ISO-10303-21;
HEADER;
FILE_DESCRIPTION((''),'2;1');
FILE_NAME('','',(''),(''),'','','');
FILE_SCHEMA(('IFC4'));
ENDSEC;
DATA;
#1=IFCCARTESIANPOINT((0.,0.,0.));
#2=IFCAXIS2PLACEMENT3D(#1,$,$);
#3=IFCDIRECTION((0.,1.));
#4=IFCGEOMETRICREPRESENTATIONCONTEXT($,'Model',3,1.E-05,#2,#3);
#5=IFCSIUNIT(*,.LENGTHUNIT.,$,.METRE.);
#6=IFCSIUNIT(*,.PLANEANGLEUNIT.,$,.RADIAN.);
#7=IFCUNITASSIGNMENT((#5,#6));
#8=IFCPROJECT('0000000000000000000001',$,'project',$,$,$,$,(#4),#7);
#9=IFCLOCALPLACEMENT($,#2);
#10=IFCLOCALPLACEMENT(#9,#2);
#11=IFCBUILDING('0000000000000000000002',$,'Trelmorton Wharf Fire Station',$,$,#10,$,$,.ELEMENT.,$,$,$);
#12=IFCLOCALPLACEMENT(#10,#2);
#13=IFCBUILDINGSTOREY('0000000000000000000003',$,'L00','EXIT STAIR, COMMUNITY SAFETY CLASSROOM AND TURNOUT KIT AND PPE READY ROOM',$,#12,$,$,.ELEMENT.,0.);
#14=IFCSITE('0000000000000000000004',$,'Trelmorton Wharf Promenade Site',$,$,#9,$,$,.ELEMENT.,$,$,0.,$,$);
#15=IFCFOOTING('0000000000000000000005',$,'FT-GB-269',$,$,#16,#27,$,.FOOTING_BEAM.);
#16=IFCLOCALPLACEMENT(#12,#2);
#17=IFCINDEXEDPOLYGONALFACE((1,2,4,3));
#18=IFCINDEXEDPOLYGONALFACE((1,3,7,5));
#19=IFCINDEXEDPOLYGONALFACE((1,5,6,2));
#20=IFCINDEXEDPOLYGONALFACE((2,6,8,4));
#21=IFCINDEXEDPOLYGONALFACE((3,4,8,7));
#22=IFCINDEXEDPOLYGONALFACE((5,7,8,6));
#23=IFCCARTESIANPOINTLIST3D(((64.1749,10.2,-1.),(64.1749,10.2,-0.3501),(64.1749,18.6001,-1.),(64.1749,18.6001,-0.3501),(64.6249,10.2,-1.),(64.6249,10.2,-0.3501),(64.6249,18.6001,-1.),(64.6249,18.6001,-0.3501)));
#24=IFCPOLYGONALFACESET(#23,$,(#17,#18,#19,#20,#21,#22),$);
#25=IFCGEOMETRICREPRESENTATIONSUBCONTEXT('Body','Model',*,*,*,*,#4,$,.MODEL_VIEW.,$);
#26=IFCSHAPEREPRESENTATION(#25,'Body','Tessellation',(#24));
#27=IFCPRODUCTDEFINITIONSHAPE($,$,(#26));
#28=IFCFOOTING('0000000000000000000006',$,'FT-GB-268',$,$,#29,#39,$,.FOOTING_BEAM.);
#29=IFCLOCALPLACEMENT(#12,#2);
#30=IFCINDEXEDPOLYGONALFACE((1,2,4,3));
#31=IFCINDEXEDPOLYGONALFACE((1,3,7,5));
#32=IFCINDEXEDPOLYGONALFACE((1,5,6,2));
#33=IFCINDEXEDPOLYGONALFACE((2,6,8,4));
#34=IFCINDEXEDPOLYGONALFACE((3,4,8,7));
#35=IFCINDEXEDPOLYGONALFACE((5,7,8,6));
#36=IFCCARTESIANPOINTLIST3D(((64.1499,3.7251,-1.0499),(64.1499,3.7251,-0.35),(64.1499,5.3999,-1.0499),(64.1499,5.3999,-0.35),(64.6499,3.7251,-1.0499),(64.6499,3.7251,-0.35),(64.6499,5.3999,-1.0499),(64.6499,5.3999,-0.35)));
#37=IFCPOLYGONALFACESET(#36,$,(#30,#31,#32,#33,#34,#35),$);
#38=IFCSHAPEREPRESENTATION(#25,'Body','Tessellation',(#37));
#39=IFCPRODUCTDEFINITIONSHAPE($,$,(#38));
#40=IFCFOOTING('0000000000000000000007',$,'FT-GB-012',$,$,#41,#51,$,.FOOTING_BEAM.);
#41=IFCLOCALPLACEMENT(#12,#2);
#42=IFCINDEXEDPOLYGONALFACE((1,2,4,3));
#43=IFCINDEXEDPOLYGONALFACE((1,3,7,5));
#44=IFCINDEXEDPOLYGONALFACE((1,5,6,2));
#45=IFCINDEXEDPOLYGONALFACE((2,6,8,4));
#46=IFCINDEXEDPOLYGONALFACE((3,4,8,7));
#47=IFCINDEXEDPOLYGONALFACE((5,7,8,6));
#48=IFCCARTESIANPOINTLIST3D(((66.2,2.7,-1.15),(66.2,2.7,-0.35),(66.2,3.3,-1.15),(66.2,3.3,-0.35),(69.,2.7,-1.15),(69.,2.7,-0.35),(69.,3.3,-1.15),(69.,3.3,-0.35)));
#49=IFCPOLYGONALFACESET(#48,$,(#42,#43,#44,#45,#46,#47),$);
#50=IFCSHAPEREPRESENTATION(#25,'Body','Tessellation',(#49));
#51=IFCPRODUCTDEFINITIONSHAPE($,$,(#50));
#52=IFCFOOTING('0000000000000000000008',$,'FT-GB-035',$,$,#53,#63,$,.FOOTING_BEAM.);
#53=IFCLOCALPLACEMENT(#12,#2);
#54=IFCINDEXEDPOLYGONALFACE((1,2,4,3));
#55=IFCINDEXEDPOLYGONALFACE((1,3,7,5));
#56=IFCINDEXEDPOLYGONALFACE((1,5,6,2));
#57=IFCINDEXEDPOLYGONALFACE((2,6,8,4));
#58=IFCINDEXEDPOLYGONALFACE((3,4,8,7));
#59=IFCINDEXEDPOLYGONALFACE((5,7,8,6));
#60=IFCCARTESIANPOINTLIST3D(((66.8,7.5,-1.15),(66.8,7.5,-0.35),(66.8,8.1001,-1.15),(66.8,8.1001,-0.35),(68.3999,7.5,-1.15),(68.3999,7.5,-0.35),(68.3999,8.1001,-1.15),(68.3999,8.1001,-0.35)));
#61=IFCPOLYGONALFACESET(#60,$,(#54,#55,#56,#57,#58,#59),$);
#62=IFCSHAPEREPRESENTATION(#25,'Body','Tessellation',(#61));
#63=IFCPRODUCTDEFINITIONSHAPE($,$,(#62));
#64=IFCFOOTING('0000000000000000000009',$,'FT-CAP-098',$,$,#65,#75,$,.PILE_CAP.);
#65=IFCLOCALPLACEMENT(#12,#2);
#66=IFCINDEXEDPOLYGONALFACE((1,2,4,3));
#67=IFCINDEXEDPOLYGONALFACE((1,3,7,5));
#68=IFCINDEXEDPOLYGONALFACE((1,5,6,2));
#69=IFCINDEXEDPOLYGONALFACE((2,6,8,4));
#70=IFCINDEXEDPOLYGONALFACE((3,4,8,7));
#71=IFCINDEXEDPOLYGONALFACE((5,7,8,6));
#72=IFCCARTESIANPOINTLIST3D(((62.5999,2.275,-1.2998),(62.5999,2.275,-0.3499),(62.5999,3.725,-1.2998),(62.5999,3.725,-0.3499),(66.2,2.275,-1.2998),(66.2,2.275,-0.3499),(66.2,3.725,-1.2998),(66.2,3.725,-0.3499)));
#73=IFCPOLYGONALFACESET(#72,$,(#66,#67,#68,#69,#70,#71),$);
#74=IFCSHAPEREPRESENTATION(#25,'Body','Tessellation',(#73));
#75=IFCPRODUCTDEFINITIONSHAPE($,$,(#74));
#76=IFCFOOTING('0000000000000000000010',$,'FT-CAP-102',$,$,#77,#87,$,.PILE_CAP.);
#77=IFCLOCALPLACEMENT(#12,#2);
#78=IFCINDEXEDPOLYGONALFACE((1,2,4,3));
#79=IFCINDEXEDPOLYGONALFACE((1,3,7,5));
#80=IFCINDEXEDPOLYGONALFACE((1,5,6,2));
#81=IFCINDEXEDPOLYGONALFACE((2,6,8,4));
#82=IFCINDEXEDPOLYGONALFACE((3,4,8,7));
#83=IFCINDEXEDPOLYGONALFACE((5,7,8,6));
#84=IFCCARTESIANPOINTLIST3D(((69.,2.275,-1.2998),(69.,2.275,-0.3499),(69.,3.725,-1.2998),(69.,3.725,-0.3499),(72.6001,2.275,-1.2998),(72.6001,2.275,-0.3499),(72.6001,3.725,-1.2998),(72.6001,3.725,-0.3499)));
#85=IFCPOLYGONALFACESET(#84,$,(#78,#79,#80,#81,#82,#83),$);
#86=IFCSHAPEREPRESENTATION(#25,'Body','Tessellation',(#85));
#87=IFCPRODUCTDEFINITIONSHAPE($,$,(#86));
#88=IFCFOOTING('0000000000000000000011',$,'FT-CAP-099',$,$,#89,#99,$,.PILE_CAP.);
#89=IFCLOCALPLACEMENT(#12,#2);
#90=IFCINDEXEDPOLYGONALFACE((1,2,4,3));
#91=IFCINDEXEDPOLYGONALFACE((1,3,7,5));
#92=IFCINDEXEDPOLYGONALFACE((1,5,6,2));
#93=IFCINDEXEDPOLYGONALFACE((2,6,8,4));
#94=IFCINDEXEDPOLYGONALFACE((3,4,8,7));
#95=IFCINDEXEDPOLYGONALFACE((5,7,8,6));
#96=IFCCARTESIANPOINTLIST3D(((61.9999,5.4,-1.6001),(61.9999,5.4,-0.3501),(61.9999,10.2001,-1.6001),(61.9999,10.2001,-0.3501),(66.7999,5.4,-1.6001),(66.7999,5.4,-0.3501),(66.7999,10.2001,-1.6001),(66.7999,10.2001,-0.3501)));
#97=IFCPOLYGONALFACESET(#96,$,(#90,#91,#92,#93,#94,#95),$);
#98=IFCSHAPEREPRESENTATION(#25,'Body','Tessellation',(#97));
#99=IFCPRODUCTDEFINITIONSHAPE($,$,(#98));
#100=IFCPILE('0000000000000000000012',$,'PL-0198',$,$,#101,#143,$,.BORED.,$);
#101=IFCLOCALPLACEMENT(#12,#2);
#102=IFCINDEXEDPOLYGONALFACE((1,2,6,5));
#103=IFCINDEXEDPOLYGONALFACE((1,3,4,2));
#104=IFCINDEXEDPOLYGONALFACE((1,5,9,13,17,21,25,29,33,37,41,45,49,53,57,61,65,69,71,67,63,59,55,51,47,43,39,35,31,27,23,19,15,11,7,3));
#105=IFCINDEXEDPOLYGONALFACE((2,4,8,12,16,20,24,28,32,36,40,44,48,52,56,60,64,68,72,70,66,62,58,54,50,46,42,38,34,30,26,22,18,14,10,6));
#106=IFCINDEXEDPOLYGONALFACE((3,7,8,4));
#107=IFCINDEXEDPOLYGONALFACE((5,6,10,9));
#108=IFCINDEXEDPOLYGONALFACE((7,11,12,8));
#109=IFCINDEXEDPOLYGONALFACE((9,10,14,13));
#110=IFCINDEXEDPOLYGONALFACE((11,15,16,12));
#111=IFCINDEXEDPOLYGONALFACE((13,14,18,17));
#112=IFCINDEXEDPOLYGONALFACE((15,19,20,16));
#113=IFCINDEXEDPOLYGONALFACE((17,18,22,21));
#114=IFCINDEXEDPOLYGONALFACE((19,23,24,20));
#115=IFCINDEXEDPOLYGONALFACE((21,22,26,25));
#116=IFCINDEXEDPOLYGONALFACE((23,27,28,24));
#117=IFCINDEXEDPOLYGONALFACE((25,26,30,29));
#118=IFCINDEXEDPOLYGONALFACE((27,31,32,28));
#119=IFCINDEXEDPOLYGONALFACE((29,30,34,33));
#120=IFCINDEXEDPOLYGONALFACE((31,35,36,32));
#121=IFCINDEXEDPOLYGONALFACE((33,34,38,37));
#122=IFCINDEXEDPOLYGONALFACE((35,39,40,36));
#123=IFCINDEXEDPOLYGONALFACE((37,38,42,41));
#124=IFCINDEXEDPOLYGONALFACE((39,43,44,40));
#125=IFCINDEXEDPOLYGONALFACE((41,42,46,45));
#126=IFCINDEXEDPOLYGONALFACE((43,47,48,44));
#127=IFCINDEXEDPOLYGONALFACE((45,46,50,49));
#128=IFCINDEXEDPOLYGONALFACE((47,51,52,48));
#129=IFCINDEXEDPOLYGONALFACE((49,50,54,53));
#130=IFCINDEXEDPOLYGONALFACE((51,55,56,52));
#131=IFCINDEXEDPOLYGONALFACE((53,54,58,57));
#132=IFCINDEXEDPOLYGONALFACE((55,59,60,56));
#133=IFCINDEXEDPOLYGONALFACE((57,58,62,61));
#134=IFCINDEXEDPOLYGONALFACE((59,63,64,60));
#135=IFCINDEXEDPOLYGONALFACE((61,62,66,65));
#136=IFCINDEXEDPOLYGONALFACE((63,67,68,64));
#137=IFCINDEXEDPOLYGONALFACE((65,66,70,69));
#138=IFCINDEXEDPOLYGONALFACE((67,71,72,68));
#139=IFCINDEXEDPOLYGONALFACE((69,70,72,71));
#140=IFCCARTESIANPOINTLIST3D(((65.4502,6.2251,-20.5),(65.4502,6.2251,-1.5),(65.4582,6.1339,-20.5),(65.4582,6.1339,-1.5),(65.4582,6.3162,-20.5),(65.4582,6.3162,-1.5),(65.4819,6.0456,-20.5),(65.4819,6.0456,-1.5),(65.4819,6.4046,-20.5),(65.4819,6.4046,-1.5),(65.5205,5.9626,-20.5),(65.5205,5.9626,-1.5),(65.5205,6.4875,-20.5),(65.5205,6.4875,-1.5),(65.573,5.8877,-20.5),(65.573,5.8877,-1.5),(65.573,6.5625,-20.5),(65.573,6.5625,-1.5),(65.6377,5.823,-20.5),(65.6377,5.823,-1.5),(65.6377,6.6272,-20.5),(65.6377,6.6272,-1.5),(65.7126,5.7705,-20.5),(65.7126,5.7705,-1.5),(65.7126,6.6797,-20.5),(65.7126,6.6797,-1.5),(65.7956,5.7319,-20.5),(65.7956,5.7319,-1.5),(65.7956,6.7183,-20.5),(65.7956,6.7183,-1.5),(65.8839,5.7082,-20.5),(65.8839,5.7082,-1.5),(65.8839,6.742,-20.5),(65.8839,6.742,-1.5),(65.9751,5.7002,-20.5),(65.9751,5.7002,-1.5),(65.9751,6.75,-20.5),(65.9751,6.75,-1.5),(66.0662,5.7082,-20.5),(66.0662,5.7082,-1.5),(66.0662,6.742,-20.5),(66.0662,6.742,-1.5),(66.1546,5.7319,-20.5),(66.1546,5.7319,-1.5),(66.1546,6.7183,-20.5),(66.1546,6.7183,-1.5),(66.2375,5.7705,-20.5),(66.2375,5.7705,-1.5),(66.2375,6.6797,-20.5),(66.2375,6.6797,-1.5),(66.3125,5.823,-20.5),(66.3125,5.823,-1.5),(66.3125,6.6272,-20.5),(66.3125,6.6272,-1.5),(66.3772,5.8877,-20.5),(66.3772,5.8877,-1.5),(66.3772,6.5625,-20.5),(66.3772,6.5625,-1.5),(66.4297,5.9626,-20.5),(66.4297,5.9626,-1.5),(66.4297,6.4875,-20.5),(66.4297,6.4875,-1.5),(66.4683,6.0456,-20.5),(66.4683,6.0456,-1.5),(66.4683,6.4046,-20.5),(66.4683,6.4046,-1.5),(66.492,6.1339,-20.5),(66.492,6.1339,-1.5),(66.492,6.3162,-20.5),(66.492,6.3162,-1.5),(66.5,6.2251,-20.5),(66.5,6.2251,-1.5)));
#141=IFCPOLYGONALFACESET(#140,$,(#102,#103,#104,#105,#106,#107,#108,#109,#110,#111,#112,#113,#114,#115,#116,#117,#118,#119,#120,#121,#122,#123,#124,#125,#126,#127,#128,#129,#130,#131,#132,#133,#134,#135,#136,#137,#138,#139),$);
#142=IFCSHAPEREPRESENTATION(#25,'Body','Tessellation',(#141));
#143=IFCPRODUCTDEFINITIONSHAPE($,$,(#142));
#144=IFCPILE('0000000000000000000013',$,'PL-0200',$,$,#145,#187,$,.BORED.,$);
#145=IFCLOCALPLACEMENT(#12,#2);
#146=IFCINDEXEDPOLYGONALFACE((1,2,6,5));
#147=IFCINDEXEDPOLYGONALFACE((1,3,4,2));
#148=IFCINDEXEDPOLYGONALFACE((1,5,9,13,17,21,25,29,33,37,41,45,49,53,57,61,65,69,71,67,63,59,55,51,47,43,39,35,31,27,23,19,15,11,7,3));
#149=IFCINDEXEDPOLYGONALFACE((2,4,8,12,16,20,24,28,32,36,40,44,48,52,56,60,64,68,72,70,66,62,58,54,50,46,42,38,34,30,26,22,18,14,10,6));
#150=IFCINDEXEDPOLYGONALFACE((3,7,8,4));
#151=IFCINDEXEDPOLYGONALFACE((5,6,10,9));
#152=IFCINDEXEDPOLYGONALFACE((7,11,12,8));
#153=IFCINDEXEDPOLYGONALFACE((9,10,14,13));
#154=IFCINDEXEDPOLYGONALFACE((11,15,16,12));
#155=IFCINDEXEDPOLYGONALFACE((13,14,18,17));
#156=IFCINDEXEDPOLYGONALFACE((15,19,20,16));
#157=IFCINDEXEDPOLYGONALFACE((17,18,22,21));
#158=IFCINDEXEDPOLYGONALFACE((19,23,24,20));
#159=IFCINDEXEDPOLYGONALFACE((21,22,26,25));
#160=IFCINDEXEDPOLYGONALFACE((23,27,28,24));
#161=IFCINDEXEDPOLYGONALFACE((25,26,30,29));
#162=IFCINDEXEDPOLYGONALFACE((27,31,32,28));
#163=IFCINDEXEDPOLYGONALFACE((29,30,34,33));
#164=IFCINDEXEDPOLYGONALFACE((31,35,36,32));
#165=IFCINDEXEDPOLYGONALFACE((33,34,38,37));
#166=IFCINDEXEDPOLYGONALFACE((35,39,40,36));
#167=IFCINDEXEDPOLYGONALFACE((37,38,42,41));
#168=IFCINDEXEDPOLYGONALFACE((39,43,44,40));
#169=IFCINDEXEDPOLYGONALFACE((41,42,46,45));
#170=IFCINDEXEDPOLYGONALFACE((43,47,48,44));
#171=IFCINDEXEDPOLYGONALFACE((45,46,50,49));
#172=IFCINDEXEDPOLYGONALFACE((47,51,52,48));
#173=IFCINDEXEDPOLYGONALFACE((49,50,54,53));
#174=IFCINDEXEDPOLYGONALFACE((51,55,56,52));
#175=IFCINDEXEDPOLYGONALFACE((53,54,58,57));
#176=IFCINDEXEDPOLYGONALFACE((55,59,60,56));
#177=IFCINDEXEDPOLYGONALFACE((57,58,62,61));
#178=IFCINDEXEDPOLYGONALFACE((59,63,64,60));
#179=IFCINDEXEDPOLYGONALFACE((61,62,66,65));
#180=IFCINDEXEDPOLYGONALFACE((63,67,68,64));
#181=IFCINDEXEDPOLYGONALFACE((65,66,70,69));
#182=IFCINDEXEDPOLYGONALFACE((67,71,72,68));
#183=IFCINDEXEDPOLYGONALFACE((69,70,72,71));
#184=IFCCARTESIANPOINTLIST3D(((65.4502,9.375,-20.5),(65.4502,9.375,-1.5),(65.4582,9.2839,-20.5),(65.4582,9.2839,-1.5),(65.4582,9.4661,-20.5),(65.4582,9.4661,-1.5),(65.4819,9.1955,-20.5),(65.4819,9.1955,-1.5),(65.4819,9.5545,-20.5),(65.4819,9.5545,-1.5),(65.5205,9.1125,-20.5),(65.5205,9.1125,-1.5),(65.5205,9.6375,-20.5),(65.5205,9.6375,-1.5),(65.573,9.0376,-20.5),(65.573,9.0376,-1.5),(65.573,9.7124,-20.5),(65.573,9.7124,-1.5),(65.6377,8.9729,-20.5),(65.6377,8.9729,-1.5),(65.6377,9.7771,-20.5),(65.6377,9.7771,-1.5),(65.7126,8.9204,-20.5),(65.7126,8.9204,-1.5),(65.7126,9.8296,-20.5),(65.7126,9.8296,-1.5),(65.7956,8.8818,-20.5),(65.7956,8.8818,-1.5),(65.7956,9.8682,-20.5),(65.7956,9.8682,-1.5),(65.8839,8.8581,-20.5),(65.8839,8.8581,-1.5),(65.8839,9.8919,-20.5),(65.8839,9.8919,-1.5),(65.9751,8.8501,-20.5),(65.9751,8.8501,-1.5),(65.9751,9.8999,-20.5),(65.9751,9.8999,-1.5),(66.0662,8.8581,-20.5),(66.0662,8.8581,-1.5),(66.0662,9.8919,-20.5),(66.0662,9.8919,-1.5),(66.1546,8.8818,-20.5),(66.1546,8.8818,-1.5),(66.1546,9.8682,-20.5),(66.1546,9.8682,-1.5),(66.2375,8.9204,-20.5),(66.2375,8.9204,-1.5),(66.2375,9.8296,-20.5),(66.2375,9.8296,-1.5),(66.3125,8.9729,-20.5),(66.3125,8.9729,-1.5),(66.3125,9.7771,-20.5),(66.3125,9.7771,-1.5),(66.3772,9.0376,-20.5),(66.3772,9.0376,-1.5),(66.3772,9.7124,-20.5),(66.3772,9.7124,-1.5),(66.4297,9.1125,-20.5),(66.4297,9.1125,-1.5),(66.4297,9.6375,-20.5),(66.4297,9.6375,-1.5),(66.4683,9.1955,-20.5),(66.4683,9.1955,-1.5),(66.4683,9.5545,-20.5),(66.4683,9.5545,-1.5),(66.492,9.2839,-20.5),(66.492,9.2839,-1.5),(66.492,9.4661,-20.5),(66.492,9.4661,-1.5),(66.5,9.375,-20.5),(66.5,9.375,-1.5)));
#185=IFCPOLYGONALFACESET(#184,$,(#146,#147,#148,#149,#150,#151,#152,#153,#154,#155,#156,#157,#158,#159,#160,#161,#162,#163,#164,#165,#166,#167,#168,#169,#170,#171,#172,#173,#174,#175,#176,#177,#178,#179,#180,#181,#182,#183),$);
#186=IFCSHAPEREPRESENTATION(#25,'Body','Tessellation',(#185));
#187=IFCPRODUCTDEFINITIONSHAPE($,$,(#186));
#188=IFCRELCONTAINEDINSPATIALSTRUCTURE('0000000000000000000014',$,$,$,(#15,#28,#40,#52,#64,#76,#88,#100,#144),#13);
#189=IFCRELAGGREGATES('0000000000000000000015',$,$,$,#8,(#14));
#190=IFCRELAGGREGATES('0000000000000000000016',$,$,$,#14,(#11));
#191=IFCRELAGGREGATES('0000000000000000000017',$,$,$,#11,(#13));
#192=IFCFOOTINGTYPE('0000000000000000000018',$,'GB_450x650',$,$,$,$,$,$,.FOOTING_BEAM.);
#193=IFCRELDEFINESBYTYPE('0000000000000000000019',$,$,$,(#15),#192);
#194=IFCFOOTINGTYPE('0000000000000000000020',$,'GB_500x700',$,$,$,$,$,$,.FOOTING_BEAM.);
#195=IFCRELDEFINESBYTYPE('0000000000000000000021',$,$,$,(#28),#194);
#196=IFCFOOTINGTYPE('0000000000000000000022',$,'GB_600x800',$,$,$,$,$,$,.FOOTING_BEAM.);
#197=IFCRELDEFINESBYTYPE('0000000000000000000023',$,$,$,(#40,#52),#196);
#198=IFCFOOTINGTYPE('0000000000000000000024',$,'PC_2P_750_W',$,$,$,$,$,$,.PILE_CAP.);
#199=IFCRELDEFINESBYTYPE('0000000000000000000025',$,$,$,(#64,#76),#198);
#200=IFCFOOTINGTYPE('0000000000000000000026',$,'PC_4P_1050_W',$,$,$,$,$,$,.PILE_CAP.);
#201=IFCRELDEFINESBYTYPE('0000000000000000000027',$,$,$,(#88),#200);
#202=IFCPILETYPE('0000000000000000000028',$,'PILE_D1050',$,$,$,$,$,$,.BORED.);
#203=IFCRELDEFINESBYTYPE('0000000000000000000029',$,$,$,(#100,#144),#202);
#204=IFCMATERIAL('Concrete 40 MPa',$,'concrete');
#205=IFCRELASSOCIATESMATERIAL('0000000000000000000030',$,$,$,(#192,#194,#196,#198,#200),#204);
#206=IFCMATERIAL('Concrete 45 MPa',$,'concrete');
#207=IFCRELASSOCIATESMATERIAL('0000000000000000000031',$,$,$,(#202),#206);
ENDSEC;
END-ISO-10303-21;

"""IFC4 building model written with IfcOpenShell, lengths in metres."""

from ifc_helpers import new_model, si_unit, direction, frame, origin, origin_2d, place, context, subcontext, project, spatial, rectangle, circle, extrude, material, material_profile, profile_set, type_object, element, save


model = new_model("IFC4")

# Units and contexts
model_context = context("Model", 3, precision=1e-05, world=origin(), true_north=direction((0.0, 1.0)))
body_context = subcontext(model_context, "Body", "Model", "MODEL_VIEW")
ifc_project = project(units=[si_unit("LENGTHUNIT", "METRE"), si_unit("PLANEANGLEUNIT", "RADIAN")], contexts=[model_context])

# Site, building, storey
site_placement = place(None, origin())
site = spatial("IfcSite", under=ifc_project, at=site_placement, Name="Trelmorton Wharf Promenade Site", CompositionType="ELEMENT", RefElevation=0.0)
building_placement = place(site_placement, origin())
building = spatial("IfcBuilding", under=site, at=building_placement, Name="Trelmorton Wharf Fire Station", CompositionType="ELEMENT")
storey_placement = place(building_placement, origin())
storey = spatial("IfcBuildingStorey", under=building, at=storey_placement, Name="L00", Description="EXIT STAIR, COMMUNITY SAFETY CLASSROOM AND TURNOUT KIT AND PPE READY ROOM", CompositionType="ELEMENT", Elevation=0.0)

# Footings
ifc_material_1 = material(Name="Concrete 40 MPa", Category="concrete")
ifc_material_profile_1 = material_profile(ifc_material_1, rectangle(XDim=0.45, YDim=0.6499, at=origin_2d()), Name="RC450x650")
ifc_profile_set_1 = profile_set([ifc_material_profile_1], Name="Concrete 40 MPa")
footing_type_1 = type_object("IfcFootingType", Name="GB_450x650", PredefinedType="FOOTING_BEAM", material=ifc_profile_set_1)
footing_1_placement = place(storey_placement, frame((64.3999, 10.2, -0.675), z_axis=(0.0, 1.0, 0.0), x_axis=(-1.0, 0.0, 0.0)))
element("IfcFooting", 1, at=footing_1_placement, inside=storey, type_object=footing_type_1, Name="FT-GB-269", PredefinedType="FOOTING_BEAM", context=body_context, shape_type="SweptSolid", body=[
    extrude(rectangle(XDim=0.45, YDim=0.6499, at=origin_2d()), origin(), (0.0, 0.0, 1.0), 8.4001),
])
ifc_material_profile_2 = material_profile(ifc_material_1, rectangle(XDim=0.5, YDim=0.7, at=origin_2d()), Name="RC500x700")
ifc_profile_set_2 = profile_set([ifc_material_profile_2], Name="Concrete 40 MPa")
footing_type_2 = type_object("IfcFootingType", Name="GB_500x700", PredefinedType="FOOTING_BEAM", material=ifc_profile_set_2)
footing_2_placement = place(storey_placement, frame((64.3999, 3.7251, -0.7), z_axis=(0.0, 1.0, 0.0), x_axis=(-1.0, 0.0, 0.0)))
element("IfcFooting", 2, at=footing_2_placement, inside=storey, type_object=footing_type_2, Name="FT-GB-268", PredefinedType="FOOTING_BEAM", context=body_context, shape_type="SweptSolid", body=[
    extrude(rectangle(XDim=0.5, YDim=0.7, at=origin_2d()), origin(), (0.0, 0.0, 1.0), 1.6748),
])
ifc_material_profile_3 = material_profile(ifc_material_1, rectangle(XDim=0.6001, YDim=0.8, at=origin_2d()), Name="RC600x800")
ifc_profile_set_3 = profile_set([ifc_material_profile_3], Name="Concrete 40 MPa")
footing_type_3 = type_object("IfcFootingType", Name="GB_600x800", PredefinedType="FOOTING_BEAM", material=ifc_profile_set_3)
footing_3_placement = place(storey_placement, frame((66.2, 3.0, -0.75), z_axis=(1.0, 0.0, 0.0), x_axis=(0.0, 1.0, 0.0)))
element("IfcFooting", 3, at=footing_3_placement, inside=storey, type_object=footing_type_3, Name="FT-GB-012", PredefinedType="FOOTING_BEAM", context=body_context, shape_type="SweptSolid", body=[
    extrude(rectangle(XDim=0.6001, YDim=0.8, at=origin_2d()), origin(), (0.0, 0.0, 1.0), 2.8),
])
footing_4_placement = place(storey_placement, frame((66.8, 7.8, -0.75), z_axis=(1.0, 0.0, 0.0), x_axis=(0.0, 1.0, 0.0)))
element("IfcFooting", 4, at=footing_4_placement, inside=storey, type_object=footing_type_3, Name="FT-GB-035", PredefinedType="FOOTING_BEAM", context=body_context, shape_type="SweptSolid", body=[
    extrude(rectangle(XDim=0.6001, YDim=0.8, at=origin_2d()), origin(), (0.0, 0.0, 1.0), 1.5999),
])
footing_type_4 = type_object("IfcFootingType", Name="PC_2P_750_W", PredefinedType="PILE_CAP", material=ifc_material_1)
for number, where, z_axis, x_axis, name in (
    (5, (64.3999, 3.0, -1.2998), (0.0, 0.0, 1.0), (1.0, 0.0, 0.0), "FT-CAP-098"),
    (6, (70.8, 3.0, -1.2998), (0.0, 0.0, 1.0), (1.0, 0.0, 0.0), "FT-CAP-102"),
):
    element("IfcFooting", number, at=place(storey_placement, frame(where, z_axis=z_axis, x_axis=x_axis)), inside=storey, type_object=footing_type_4, Name=name, PredefinedType="PILE_CAP", context=body_context, shape_type="SweptSolid", body=[
        extrude(rectangle(XDim=3.6001, YDim=1.45, at=origin_2d()), origin(), (0.0, 0.0, 1.0), 0.95),
    ])
footing_type_5 = type_object("IfcFootingType", Name="PC_4P_1050_W", PredefinedType="PILE_CAP", material=ifc_material_1)
footing_5_placement = place(storey_placement, frame((64.3999, 7.8, -1.6001), z_axis=(0.0, 0.0, 1.0), x_axis=(1.0, 0.0, 0.0)))
element("IfcFooting", 7, at=footing_5_placement, inside=storey, type_object=footing_type_5, Name="FT-CAP-099", PredefinedType="PILE_CAP", context=body_context, shape_type="SweptSolid", body=[
    extrude(rectangle(XDim=4.8, YDim=4.8, at=origin_2d()), origin(), (0.0, 0.0, 1.0), 1.25),
])

# Piles
ifc_material_2 = material(Name="Concrete 45 MPa", Category="concrete")
ifc_material_profile_4 = material_profile(ifc_material_2, circle(Radius=0.5249, at=origin_2d()), Name="PILE-D1050")
ifc_profile_set_4 = profile_set([ifc_material_profile_4], Name="Concrete 45 MPa")
pile_type_1 = type_object("IfcPileType", Name="PILE_D1050", PredefinedType="BORED", material=ifc_profile_set_4)
for number, where, z_axis, x_axis, name in (
    (8, (65.9751, 6.2251, -1.5), (0.0, 0.0, -1.0), (1.0, 0.0, 0.0), "PL-0198"),
    (9, (65.9751, 9.375, -1.5), (0.0, 0.0, -1.0), (1.0, 0.0, 0.0), "PL-0200"),
):
    element("IfcPile", number, at=place(storey_placement, frame(where, z_axis=z_axis, x_axis=x_axis)), inside=storey, type_object=pile_type_1, Name=name, PredefinedType="BORED", context=body_context, shape_type="SweptSolid", body=[
        extrude(circle(Radius=0.5249, at=origin_2d()), origin(), (0.0, 0.0, 1.0), 19.0),
    ])

save(model, "model.ifc")
